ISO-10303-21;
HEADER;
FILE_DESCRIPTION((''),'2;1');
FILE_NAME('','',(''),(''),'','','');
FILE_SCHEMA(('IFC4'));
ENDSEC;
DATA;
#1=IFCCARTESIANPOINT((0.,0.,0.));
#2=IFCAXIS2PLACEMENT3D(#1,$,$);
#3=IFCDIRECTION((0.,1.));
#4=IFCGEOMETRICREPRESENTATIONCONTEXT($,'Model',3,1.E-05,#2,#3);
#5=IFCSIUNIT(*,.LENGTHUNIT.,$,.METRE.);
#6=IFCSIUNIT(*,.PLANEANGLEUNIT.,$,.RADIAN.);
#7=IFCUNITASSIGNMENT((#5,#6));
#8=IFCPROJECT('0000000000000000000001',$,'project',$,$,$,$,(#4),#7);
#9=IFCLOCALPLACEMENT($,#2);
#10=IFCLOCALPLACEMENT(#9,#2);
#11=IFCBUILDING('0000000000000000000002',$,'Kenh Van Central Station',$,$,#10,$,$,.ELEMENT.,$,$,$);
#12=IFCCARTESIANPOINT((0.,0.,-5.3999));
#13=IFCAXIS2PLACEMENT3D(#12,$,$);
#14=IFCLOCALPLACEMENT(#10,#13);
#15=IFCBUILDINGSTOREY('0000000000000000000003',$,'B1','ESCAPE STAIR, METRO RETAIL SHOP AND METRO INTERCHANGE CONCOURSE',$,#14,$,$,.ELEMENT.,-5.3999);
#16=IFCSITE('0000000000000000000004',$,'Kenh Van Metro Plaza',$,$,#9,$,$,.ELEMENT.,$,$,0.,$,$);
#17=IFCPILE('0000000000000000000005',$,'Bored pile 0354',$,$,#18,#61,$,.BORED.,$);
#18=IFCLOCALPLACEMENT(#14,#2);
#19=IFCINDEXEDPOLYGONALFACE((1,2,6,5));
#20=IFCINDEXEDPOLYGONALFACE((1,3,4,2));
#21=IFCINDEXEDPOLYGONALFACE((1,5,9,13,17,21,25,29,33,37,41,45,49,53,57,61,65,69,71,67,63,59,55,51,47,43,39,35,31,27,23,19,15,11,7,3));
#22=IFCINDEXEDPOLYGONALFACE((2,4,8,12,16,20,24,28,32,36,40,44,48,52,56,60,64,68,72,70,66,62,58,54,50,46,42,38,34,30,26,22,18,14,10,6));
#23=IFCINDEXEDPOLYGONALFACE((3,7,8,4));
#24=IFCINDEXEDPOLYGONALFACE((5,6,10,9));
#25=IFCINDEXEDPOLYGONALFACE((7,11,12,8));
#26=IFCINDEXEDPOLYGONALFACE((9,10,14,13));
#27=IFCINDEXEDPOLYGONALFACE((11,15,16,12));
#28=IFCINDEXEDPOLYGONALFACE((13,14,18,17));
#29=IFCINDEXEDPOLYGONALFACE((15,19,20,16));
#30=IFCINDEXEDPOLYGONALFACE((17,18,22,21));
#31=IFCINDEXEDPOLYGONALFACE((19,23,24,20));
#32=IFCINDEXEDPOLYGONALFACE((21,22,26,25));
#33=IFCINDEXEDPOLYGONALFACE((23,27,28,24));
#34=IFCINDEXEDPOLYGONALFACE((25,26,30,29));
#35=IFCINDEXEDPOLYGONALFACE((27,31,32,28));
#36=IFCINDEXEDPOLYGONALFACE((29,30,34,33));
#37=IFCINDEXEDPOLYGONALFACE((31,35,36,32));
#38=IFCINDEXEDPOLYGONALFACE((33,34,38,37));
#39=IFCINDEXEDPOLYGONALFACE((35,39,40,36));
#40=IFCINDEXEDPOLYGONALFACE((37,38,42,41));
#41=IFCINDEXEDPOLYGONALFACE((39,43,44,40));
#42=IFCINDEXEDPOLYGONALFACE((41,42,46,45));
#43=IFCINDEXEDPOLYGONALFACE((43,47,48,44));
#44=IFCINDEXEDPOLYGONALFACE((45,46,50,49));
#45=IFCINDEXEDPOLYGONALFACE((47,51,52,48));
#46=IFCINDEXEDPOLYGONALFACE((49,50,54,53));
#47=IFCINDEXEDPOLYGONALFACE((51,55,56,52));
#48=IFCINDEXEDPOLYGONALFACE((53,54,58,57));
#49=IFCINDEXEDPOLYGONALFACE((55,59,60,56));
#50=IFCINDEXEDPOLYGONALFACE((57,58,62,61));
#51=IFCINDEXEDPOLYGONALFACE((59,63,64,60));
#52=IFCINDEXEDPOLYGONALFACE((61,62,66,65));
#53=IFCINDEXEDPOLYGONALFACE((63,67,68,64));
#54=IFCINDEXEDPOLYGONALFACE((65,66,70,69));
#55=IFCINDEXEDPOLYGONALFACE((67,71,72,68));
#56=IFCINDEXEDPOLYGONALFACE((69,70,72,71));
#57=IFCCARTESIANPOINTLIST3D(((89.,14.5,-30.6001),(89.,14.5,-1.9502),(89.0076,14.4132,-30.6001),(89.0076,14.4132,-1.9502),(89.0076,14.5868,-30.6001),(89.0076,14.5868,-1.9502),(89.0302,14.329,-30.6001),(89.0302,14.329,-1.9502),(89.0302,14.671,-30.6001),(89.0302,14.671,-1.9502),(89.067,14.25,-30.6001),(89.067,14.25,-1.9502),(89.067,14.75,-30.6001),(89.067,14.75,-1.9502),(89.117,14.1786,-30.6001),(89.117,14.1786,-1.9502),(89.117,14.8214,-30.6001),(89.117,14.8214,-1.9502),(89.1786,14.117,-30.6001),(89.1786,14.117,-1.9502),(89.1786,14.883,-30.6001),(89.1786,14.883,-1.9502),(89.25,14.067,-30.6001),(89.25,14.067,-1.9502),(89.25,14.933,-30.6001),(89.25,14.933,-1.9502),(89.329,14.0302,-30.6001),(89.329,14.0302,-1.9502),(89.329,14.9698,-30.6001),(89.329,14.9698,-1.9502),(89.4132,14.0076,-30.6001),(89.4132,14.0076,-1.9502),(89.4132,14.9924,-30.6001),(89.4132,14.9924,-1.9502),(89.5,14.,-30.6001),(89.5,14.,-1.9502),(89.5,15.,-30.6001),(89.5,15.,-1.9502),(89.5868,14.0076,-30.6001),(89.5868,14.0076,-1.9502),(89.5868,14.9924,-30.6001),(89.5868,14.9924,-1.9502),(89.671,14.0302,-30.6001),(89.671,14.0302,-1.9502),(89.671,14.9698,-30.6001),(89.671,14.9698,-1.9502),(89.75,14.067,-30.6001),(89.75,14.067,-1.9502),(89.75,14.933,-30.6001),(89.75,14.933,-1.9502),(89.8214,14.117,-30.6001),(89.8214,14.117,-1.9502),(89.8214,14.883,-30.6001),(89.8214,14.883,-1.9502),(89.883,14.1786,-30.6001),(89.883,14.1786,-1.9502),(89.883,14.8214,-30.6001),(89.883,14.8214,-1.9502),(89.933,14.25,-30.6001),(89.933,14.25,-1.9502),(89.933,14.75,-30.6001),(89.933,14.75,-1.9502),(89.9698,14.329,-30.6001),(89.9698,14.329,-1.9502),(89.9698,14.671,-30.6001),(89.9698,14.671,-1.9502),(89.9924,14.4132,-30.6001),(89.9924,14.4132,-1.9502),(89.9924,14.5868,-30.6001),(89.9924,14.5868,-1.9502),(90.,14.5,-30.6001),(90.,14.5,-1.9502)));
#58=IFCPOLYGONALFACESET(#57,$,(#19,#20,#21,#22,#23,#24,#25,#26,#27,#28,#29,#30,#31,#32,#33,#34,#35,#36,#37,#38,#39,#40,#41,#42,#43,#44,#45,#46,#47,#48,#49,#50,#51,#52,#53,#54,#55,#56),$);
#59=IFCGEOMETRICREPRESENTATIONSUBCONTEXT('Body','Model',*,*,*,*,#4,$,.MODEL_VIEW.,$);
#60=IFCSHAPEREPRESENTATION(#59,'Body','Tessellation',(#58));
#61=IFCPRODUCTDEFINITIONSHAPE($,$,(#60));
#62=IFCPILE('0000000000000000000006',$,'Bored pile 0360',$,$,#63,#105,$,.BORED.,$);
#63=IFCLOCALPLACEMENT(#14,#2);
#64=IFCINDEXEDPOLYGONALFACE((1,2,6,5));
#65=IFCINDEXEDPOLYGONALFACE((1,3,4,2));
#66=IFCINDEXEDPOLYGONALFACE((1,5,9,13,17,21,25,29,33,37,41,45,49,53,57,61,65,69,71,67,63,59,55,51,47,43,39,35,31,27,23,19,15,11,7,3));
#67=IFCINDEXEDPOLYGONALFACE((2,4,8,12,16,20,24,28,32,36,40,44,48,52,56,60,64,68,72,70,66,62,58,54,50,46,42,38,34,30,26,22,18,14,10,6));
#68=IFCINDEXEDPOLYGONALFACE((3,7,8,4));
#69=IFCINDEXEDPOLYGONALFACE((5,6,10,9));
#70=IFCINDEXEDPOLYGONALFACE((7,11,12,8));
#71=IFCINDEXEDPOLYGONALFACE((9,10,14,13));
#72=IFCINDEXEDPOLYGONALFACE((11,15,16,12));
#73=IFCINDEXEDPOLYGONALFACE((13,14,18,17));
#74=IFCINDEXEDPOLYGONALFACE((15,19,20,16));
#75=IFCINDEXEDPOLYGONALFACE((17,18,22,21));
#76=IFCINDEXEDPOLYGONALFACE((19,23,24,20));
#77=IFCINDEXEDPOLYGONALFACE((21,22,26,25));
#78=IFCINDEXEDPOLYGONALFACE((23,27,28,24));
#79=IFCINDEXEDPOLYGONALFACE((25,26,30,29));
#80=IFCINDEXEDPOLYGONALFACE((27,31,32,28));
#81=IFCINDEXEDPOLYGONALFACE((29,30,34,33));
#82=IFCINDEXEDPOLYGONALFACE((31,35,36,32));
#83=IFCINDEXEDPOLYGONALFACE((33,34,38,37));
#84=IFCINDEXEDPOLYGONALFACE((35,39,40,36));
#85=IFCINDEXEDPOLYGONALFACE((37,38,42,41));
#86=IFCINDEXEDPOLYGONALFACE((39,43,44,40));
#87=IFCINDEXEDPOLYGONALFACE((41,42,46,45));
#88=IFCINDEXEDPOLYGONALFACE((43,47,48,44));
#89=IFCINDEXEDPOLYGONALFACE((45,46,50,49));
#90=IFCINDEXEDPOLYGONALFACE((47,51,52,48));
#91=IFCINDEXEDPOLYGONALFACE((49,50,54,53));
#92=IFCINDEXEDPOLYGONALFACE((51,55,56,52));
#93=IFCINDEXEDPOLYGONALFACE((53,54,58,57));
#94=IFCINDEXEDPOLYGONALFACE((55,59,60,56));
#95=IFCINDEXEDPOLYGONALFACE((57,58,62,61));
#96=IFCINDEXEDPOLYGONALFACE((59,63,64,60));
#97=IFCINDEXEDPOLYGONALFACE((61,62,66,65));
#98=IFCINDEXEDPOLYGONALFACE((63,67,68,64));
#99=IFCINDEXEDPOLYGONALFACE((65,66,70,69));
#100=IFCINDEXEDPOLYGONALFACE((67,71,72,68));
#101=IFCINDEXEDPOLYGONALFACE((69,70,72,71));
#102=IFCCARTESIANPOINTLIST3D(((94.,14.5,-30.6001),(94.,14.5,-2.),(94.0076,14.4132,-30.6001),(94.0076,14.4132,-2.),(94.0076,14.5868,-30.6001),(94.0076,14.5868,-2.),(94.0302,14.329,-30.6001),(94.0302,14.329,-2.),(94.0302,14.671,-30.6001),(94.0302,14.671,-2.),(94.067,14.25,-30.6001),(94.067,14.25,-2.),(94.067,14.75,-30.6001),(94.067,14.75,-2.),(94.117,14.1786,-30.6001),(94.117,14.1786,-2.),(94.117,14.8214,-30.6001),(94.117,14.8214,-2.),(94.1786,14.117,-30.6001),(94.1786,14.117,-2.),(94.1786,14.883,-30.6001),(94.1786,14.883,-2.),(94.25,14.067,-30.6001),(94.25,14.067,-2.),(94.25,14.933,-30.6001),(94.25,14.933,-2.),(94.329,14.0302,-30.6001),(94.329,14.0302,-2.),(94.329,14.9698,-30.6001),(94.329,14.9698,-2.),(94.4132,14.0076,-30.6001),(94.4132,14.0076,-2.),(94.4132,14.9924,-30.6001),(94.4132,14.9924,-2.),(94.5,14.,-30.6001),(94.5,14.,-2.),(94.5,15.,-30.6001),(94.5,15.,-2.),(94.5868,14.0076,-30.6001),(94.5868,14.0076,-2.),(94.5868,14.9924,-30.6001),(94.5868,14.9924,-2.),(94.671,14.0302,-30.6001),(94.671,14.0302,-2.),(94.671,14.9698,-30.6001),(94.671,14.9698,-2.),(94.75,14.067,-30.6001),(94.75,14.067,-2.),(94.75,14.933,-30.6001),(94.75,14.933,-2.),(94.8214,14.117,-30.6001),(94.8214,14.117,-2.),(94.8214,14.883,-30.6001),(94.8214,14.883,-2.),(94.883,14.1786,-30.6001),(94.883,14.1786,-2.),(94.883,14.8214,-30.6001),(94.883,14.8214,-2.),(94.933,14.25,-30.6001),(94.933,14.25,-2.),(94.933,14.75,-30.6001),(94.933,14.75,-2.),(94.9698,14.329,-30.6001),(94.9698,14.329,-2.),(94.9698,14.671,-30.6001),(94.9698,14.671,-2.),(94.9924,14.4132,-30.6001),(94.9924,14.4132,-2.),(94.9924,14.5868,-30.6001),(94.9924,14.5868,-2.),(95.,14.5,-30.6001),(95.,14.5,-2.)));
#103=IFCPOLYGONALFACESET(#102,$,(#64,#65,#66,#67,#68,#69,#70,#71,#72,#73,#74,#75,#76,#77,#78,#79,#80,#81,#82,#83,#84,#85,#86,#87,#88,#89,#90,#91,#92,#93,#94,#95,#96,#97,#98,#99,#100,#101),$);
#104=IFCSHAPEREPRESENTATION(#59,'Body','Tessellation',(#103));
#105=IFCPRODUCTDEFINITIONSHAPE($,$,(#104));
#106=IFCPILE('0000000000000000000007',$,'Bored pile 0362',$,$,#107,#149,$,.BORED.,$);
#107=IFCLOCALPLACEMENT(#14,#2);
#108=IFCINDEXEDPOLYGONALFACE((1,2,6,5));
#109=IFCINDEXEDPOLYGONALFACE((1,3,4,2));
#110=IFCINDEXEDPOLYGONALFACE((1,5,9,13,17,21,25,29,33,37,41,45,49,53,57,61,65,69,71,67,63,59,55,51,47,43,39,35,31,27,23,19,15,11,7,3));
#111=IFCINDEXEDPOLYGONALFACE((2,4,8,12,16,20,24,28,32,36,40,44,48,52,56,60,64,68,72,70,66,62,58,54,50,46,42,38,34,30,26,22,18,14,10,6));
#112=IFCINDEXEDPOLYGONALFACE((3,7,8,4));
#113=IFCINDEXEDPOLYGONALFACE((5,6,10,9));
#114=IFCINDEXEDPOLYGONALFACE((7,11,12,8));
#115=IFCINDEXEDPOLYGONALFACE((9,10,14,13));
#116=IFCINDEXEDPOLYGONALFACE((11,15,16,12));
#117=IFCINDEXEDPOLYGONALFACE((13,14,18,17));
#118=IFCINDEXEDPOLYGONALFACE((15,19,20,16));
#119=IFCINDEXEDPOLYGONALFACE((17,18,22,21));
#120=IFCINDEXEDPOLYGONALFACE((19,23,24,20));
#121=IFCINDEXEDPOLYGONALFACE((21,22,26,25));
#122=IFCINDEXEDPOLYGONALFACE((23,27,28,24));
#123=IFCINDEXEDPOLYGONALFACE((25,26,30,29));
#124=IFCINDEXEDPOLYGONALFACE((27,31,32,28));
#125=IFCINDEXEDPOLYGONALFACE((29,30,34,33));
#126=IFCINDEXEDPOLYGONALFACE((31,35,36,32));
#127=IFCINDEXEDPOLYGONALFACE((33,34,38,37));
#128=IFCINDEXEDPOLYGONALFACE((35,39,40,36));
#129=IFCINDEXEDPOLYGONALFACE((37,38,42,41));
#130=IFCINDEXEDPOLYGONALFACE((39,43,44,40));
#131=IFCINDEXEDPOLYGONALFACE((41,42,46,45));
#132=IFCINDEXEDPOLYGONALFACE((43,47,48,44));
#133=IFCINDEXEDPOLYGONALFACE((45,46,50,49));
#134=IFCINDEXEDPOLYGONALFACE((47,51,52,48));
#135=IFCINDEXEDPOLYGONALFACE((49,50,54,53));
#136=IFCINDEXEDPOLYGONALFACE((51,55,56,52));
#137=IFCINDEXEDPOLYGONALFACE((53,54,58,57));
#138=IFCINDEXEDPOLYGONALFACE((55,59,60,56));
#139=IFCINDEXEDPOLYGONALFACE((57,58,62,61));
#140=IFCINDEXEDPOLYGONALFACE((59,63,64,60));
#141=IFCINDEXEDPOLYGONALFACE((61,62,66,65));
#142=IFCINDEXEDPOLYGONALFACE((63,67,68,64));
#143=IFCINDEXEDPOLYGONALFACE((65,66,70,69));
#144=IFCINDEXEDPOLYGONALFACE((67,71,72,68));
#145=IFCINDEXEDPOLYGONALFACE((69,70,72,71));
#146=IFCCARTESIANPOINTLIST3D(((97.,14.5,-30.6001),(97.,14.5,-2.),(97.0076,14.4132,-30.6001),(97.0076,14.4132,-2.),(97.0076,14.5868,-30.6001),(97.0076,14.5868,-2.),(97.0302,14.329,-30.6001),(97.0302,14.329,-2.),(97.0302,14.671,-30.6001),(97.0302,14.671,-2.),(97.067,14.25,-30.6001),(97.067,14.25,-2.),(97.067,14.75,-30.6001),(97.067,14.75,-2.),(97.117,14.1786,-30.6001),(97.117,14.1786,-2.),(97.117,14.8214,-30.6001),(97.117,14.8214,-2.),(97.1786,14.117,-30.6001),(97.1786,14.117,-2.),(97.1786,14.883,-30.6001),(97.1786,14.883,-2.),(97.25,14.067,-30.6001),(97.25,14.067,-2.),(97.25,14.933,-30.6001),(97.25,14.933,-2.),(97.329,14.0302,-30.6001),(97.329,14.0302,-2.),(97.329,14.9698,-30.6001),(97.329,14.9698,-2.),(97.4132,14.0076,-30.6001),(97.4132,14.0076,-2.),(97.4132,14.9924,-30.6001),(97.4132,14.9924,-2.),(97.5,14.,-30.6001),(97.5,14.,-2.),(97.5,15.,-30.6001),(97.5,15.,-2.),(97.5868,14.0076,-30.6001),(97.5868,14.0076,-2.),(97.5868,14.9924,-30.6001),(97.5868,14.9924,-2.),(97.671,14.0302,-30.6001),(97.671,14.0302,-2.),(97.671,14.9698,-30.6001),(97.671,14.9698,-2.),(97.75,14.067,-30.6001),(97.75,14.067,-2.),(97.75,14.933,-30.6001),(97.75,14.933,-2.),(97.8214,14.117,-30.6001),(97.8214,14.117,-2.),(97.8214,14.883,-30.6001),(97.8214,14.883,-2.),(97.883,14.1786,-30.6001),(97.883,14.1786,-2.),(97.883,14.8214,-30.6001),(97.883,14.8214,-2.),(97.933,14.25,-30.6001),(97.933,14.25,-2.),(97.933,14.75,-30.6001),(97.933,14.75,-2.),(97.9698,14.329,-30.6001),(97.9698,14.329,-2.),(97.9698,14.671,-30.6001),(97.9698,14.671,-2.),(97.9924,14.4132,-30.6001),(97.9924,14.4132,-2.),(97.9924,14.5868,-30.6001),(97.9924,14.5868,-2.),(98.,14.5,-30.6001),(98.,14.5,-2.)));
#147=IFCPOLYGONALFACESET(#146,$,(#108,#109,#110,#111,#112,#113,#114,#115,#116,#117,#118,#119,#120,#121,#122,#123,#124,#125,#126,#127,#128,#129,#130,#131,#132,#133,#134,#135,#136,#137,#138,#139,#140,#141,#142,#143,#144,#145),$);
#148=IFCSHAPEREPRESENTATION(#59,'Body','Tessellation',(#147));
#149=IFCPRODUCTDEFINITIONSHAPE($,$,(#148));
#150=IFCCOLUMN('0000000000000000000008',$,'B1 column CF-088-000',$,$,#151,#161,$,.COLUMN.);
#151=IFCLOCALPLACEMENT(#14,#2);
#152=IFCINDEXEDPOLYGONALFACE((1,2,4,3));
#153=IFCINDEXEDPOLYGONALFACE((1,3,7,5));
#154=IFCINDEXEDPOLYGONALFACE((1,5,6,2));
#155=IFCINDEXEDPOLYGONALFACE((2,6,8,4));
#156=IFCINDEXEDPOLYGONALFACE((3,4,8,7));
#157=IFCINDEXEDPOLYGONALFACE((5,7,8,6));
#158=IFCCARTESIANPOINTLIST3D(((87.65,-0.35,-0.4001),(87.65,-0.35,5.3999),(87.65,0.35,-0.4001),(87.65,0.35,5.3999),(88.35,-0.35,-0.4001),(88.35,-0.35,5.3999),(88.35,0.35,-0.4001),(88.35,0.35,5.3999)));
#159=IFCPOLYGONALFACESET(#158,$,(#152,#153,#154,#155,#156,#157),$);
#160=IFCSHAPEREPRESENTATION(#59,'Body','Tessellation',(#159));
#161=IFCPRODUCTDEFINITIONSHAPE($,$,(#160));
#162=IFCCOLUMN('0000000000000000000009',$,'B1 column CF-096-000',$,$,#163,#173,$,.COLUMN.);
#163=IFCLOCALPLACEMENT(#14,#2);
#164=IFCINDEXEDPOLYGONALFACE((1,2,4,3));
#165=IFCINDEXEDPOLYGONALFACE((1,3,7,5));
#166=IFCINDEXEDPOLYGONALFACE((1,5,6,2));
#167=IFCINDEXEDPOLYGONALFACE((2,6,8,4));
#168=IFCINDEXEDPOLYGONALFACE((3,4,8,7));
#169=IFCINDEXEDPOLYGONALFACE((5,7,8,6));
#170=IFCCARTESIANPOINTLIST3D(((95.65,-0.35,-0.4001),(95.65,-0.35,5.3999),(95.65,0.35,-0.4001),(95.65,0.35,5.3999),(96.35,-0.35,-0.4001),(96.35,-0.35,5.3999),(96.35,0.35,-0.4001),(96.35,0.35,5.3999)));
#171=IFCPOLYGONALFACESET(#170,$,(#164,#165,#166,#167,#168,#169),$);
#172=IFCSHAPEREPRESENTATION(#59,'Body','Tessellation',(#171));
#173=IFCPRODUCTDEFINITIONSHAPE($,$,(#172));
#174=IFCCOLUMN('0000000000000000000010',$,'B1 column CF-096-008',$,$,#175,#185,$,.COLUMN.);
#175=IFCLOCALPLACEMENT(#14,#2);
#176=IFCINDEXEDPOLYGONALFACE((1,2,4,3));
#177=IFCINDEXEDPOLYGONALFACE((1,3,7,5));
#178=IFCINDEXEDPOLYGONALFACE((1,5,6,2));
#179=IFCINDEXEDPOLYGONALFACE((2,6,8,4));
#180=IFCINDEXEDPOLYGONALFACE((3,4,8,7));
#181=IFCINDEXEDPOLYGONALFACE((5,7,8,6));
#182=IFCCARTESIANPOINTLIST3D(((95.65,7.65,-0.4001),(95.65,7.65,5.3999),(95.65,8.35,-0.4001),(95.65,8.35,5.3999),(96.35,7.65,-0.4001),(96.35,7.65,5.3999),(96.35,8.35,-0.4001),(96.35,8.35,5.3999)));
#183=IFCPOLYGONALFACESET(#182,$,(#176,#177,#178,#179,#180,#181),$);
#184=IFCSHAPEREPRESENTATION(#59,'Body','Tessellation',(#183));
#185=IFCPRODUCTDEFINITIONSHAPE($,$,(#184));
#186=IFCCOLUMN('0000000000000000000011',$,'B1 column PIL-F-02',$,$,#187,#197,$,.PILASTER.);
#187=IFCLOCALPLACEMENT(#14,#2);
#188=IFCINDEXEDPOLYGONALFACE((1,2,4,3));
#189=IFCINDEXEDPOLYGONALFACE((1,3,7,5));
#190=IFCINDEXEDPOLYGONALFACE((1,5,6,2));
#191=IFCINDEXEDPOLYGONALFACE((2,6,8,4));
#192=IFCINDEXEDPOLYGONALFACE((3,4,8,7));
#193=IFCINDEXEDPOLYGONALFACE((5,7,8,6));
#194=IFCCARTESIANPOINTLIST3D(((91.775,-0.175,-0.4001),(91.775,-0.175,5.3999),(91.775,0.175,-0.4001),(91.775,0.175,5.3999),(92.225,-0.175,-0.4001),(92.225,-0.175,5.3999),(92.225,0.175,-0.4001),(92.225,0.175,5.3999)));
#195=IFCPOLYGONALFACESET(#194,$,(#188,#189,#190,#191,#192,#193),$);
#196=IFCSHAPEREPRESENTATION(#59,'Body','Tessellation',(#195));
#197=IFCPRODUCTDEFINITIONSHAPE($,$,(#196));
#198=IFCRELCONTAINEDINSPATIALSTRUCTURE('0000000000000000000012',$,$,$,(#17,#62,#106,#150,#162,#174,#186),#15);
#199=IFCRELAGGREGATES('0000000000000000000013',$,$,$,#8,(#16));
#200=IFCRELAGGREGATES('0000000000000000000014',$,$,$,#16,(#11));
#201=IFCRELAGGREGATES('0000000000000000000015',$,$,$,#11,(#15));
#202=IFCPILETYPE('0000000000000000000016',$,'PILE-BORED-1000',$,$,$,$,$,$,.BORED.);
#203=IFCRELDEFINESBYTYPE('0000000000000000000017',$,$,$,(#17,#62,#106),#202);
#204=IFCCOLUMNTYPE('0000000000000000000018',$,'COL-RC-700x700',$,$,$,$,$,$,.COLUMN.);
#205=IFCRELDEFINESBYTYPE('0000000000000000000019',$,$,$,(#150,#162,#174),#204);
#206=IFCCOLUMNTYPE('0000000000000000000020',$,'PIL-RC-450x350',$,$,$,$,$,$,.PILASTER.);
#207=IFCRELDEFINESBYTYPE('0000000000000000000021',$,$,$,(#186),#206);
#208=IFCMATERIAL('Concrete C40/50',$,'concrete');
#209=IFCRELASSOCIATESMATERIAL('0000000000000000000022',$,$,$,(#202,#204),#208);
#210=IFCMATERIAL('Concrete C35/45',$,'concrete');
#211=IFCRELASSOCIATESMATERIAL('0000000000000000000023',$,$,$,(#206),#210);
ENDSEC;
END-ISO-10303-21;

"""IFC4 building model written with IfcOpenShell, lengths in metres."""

from ifc_helpers import new_model, si_unit, direction, frame, origin, origin_2d, place, context, subcontext, project, spatial, rectangle, circle, extrude, material, material_profile, profile_set, type_object, element, save


model = new_model("IFC4")

# Units and contexts
model_context = context("Model", 3, precision=1e-05, world=origin(), true_north=direction((0.0, 1.0)))
body_context = subcontext(model_context, "Body", "Model", "MODEL_VIEW")
ifc_project = project(units=[si_unit("LENGTHUNIT", "METRE"), si_unit("PLANEANGLEUNIT", "RADIAN")], contexts=[model_context])

# Site, building, storey
site_placement = place(None, origin())
site = spatial("IfcSite", under=ifc_project, at=site_placement, Name="Kenh Van Metro Plaza", CompositionType="ELEMENT", RefElevation=0.0)
building_placement = place(site_placement, origin())
building = spatial("IfcBuilding", under=site, at=building_placement, Name="Kenh Van Central Station", CompositionType="ELEMENT")
storey_placement = place(building_placement, frame((0.0, 0.0, -5.3999)))
storey = spatial("IfcBuildingStorey", under=building, at=storey_placement, Name="B1", Description="ESCAPE STAIR, METRO RETAIL SHOP AND METRO INTERCHANGE CONCOURSE", CompositionType="ELEMENT", Elevation=-5.3999)

# Shared definitions
ifc_material_1 = material(Name="Concrete C40/50", Category="concrete")

# Piles
ifc_material_profile_1 = material_profile(ifc_material_1, circle(Radius=0.5, at=origin_2d()), Name="PILE D1000")
ifc_profile_set_1 = profile_set([ifc_material_profile_1], Name="Concrete C40/50")
pile_type = type_object("IfcPileType", Name="PILE-BORED-1000", PredefinedType="BORED", material=ifc_profile_set_1)
pile_placement = place(storey_placement, frame((89.5, 14.5, -1.9502), z_axis=(0.0, 0.0, -1.0), x_axis=(1.0, 0.0, 0.0)))
element("IfcPile", 1, at=pile_placement, inside=storey, type_object=pile_type, Name="Bored pile 0354", PredefinedType="BORED", context=body_context, shape_type="SweptSolid", body=[
    extrude(circle(Radius=0.5, at=origin_2d()), origin(), (0.0, 0.0, 1.0), 28.6499),
])
for number, where, z_axis, x_axis, name in (
    (2, (94.5, 14.5, -2.0), (0.0, 0.0, -1.0), (1.0, 0.0, 0.0), "Bored pile 0360"),
    (3, (97.5, 14.5, -2.0), (0.0, 0.0, -1.0), (1.0, 0.0, 0.0), "Bored pile 0362"),
):
    element("IfcPile", number, at=place(storey_placement, frame(where, z_axis=z_axis, x_axis=x_axis)), inside=storey, type_object=pile_type, Name=name, PredefinedType="BORED", context=body_context, shape_type="SweptSolid", body=[
        extrude(circle(Radius=0.5, at=origin_2d()), origin(), (0.0, 0.0, 1.0), 28.6001),
    ])

# Columns
ifc_material_profile_2 = material_profile(ifc_material_1, rectangle(XDim=0.7, YDim=0.7, at=origin_2d()), Name="RC 700x700")
ifc_profile_set_2 = profile_set([ifc_material_profile_2], Name="Concrete C40/50")
column_type_1 = type_object("IfcColumnType", Name="COL-RC-700x700", PredefinedType="COLUMN", material=ifc_profile_set_2)
for number, where, z_axis, x_axis, name in (
    (4, (88.0, 0.0, -0.4001), (0.0, 0.0, 1.0), (1.0, 0.0, 0.0), "B1 column CF-088-000"),
    (5, (96.0, 0.0, -0.4001), (0.0, 0.0, 1.0), (1.0, 0.0, 0.0), "B1 column CF-096-000"),
    (6, (96.0, 8.0, -0.4001), (0.0, 0.0, 1.0), (1.0, 0.0, 0.0), "B1 column CF-096-008"),
):
    element("IfcColumn", number, at=place(storey_placement, frame(where, z_axis=z_axis, x_axis=x_axis)), inside=storey, type_object=column_type_1, Name=name, PredefinedType="COLUMN", context=body_context, shape_type="SweptSolid", body=[
        extrude(rectangle(XDim=0.7, YDim=0.7, at=origin_2d()), origin(), (0.0, 0.0, 1.0), 5.8),
    ])
ifc_material_2 = material(Name="Concrete C35/45", Category="concrete")
ifc_material_profile_3 = material_profile(ifc_material_2, rectangle(XDim=0.45, YDim=0.3501, at=origin_2d()), Name="RC 450x350")
ifc_profile_set_3 = profile_set([ifc_material_profile_3], Name="Concrete C35/45")
column_type_2 = type_object("IfcColumnType", Name="PIL-RC-450x350", PredefinedType="PILASTER", material=ifc_profile_set_3)
column_placement = place(storey_placement, frame((92.0, 0.0, -0.4001), z_axis=(0.0, 0.0, 1.0), x_axis=(1.0, 0.0, 0.0)))
element("IfcColumn", 7, at=column_placement, inside=storey, type_object=column_type_2, Name="B1 column PIL-F-02", PredefinedType="PILASTER", context=body_context, shape_type="SweptSolid", body=[
    extrude(rectangle(XDim=0.45, YDim=0.3501, at=origin_2d()), origin(), (0.0, 0.0, 1.0), 5.8),
])

save(model, "model.ifc")
